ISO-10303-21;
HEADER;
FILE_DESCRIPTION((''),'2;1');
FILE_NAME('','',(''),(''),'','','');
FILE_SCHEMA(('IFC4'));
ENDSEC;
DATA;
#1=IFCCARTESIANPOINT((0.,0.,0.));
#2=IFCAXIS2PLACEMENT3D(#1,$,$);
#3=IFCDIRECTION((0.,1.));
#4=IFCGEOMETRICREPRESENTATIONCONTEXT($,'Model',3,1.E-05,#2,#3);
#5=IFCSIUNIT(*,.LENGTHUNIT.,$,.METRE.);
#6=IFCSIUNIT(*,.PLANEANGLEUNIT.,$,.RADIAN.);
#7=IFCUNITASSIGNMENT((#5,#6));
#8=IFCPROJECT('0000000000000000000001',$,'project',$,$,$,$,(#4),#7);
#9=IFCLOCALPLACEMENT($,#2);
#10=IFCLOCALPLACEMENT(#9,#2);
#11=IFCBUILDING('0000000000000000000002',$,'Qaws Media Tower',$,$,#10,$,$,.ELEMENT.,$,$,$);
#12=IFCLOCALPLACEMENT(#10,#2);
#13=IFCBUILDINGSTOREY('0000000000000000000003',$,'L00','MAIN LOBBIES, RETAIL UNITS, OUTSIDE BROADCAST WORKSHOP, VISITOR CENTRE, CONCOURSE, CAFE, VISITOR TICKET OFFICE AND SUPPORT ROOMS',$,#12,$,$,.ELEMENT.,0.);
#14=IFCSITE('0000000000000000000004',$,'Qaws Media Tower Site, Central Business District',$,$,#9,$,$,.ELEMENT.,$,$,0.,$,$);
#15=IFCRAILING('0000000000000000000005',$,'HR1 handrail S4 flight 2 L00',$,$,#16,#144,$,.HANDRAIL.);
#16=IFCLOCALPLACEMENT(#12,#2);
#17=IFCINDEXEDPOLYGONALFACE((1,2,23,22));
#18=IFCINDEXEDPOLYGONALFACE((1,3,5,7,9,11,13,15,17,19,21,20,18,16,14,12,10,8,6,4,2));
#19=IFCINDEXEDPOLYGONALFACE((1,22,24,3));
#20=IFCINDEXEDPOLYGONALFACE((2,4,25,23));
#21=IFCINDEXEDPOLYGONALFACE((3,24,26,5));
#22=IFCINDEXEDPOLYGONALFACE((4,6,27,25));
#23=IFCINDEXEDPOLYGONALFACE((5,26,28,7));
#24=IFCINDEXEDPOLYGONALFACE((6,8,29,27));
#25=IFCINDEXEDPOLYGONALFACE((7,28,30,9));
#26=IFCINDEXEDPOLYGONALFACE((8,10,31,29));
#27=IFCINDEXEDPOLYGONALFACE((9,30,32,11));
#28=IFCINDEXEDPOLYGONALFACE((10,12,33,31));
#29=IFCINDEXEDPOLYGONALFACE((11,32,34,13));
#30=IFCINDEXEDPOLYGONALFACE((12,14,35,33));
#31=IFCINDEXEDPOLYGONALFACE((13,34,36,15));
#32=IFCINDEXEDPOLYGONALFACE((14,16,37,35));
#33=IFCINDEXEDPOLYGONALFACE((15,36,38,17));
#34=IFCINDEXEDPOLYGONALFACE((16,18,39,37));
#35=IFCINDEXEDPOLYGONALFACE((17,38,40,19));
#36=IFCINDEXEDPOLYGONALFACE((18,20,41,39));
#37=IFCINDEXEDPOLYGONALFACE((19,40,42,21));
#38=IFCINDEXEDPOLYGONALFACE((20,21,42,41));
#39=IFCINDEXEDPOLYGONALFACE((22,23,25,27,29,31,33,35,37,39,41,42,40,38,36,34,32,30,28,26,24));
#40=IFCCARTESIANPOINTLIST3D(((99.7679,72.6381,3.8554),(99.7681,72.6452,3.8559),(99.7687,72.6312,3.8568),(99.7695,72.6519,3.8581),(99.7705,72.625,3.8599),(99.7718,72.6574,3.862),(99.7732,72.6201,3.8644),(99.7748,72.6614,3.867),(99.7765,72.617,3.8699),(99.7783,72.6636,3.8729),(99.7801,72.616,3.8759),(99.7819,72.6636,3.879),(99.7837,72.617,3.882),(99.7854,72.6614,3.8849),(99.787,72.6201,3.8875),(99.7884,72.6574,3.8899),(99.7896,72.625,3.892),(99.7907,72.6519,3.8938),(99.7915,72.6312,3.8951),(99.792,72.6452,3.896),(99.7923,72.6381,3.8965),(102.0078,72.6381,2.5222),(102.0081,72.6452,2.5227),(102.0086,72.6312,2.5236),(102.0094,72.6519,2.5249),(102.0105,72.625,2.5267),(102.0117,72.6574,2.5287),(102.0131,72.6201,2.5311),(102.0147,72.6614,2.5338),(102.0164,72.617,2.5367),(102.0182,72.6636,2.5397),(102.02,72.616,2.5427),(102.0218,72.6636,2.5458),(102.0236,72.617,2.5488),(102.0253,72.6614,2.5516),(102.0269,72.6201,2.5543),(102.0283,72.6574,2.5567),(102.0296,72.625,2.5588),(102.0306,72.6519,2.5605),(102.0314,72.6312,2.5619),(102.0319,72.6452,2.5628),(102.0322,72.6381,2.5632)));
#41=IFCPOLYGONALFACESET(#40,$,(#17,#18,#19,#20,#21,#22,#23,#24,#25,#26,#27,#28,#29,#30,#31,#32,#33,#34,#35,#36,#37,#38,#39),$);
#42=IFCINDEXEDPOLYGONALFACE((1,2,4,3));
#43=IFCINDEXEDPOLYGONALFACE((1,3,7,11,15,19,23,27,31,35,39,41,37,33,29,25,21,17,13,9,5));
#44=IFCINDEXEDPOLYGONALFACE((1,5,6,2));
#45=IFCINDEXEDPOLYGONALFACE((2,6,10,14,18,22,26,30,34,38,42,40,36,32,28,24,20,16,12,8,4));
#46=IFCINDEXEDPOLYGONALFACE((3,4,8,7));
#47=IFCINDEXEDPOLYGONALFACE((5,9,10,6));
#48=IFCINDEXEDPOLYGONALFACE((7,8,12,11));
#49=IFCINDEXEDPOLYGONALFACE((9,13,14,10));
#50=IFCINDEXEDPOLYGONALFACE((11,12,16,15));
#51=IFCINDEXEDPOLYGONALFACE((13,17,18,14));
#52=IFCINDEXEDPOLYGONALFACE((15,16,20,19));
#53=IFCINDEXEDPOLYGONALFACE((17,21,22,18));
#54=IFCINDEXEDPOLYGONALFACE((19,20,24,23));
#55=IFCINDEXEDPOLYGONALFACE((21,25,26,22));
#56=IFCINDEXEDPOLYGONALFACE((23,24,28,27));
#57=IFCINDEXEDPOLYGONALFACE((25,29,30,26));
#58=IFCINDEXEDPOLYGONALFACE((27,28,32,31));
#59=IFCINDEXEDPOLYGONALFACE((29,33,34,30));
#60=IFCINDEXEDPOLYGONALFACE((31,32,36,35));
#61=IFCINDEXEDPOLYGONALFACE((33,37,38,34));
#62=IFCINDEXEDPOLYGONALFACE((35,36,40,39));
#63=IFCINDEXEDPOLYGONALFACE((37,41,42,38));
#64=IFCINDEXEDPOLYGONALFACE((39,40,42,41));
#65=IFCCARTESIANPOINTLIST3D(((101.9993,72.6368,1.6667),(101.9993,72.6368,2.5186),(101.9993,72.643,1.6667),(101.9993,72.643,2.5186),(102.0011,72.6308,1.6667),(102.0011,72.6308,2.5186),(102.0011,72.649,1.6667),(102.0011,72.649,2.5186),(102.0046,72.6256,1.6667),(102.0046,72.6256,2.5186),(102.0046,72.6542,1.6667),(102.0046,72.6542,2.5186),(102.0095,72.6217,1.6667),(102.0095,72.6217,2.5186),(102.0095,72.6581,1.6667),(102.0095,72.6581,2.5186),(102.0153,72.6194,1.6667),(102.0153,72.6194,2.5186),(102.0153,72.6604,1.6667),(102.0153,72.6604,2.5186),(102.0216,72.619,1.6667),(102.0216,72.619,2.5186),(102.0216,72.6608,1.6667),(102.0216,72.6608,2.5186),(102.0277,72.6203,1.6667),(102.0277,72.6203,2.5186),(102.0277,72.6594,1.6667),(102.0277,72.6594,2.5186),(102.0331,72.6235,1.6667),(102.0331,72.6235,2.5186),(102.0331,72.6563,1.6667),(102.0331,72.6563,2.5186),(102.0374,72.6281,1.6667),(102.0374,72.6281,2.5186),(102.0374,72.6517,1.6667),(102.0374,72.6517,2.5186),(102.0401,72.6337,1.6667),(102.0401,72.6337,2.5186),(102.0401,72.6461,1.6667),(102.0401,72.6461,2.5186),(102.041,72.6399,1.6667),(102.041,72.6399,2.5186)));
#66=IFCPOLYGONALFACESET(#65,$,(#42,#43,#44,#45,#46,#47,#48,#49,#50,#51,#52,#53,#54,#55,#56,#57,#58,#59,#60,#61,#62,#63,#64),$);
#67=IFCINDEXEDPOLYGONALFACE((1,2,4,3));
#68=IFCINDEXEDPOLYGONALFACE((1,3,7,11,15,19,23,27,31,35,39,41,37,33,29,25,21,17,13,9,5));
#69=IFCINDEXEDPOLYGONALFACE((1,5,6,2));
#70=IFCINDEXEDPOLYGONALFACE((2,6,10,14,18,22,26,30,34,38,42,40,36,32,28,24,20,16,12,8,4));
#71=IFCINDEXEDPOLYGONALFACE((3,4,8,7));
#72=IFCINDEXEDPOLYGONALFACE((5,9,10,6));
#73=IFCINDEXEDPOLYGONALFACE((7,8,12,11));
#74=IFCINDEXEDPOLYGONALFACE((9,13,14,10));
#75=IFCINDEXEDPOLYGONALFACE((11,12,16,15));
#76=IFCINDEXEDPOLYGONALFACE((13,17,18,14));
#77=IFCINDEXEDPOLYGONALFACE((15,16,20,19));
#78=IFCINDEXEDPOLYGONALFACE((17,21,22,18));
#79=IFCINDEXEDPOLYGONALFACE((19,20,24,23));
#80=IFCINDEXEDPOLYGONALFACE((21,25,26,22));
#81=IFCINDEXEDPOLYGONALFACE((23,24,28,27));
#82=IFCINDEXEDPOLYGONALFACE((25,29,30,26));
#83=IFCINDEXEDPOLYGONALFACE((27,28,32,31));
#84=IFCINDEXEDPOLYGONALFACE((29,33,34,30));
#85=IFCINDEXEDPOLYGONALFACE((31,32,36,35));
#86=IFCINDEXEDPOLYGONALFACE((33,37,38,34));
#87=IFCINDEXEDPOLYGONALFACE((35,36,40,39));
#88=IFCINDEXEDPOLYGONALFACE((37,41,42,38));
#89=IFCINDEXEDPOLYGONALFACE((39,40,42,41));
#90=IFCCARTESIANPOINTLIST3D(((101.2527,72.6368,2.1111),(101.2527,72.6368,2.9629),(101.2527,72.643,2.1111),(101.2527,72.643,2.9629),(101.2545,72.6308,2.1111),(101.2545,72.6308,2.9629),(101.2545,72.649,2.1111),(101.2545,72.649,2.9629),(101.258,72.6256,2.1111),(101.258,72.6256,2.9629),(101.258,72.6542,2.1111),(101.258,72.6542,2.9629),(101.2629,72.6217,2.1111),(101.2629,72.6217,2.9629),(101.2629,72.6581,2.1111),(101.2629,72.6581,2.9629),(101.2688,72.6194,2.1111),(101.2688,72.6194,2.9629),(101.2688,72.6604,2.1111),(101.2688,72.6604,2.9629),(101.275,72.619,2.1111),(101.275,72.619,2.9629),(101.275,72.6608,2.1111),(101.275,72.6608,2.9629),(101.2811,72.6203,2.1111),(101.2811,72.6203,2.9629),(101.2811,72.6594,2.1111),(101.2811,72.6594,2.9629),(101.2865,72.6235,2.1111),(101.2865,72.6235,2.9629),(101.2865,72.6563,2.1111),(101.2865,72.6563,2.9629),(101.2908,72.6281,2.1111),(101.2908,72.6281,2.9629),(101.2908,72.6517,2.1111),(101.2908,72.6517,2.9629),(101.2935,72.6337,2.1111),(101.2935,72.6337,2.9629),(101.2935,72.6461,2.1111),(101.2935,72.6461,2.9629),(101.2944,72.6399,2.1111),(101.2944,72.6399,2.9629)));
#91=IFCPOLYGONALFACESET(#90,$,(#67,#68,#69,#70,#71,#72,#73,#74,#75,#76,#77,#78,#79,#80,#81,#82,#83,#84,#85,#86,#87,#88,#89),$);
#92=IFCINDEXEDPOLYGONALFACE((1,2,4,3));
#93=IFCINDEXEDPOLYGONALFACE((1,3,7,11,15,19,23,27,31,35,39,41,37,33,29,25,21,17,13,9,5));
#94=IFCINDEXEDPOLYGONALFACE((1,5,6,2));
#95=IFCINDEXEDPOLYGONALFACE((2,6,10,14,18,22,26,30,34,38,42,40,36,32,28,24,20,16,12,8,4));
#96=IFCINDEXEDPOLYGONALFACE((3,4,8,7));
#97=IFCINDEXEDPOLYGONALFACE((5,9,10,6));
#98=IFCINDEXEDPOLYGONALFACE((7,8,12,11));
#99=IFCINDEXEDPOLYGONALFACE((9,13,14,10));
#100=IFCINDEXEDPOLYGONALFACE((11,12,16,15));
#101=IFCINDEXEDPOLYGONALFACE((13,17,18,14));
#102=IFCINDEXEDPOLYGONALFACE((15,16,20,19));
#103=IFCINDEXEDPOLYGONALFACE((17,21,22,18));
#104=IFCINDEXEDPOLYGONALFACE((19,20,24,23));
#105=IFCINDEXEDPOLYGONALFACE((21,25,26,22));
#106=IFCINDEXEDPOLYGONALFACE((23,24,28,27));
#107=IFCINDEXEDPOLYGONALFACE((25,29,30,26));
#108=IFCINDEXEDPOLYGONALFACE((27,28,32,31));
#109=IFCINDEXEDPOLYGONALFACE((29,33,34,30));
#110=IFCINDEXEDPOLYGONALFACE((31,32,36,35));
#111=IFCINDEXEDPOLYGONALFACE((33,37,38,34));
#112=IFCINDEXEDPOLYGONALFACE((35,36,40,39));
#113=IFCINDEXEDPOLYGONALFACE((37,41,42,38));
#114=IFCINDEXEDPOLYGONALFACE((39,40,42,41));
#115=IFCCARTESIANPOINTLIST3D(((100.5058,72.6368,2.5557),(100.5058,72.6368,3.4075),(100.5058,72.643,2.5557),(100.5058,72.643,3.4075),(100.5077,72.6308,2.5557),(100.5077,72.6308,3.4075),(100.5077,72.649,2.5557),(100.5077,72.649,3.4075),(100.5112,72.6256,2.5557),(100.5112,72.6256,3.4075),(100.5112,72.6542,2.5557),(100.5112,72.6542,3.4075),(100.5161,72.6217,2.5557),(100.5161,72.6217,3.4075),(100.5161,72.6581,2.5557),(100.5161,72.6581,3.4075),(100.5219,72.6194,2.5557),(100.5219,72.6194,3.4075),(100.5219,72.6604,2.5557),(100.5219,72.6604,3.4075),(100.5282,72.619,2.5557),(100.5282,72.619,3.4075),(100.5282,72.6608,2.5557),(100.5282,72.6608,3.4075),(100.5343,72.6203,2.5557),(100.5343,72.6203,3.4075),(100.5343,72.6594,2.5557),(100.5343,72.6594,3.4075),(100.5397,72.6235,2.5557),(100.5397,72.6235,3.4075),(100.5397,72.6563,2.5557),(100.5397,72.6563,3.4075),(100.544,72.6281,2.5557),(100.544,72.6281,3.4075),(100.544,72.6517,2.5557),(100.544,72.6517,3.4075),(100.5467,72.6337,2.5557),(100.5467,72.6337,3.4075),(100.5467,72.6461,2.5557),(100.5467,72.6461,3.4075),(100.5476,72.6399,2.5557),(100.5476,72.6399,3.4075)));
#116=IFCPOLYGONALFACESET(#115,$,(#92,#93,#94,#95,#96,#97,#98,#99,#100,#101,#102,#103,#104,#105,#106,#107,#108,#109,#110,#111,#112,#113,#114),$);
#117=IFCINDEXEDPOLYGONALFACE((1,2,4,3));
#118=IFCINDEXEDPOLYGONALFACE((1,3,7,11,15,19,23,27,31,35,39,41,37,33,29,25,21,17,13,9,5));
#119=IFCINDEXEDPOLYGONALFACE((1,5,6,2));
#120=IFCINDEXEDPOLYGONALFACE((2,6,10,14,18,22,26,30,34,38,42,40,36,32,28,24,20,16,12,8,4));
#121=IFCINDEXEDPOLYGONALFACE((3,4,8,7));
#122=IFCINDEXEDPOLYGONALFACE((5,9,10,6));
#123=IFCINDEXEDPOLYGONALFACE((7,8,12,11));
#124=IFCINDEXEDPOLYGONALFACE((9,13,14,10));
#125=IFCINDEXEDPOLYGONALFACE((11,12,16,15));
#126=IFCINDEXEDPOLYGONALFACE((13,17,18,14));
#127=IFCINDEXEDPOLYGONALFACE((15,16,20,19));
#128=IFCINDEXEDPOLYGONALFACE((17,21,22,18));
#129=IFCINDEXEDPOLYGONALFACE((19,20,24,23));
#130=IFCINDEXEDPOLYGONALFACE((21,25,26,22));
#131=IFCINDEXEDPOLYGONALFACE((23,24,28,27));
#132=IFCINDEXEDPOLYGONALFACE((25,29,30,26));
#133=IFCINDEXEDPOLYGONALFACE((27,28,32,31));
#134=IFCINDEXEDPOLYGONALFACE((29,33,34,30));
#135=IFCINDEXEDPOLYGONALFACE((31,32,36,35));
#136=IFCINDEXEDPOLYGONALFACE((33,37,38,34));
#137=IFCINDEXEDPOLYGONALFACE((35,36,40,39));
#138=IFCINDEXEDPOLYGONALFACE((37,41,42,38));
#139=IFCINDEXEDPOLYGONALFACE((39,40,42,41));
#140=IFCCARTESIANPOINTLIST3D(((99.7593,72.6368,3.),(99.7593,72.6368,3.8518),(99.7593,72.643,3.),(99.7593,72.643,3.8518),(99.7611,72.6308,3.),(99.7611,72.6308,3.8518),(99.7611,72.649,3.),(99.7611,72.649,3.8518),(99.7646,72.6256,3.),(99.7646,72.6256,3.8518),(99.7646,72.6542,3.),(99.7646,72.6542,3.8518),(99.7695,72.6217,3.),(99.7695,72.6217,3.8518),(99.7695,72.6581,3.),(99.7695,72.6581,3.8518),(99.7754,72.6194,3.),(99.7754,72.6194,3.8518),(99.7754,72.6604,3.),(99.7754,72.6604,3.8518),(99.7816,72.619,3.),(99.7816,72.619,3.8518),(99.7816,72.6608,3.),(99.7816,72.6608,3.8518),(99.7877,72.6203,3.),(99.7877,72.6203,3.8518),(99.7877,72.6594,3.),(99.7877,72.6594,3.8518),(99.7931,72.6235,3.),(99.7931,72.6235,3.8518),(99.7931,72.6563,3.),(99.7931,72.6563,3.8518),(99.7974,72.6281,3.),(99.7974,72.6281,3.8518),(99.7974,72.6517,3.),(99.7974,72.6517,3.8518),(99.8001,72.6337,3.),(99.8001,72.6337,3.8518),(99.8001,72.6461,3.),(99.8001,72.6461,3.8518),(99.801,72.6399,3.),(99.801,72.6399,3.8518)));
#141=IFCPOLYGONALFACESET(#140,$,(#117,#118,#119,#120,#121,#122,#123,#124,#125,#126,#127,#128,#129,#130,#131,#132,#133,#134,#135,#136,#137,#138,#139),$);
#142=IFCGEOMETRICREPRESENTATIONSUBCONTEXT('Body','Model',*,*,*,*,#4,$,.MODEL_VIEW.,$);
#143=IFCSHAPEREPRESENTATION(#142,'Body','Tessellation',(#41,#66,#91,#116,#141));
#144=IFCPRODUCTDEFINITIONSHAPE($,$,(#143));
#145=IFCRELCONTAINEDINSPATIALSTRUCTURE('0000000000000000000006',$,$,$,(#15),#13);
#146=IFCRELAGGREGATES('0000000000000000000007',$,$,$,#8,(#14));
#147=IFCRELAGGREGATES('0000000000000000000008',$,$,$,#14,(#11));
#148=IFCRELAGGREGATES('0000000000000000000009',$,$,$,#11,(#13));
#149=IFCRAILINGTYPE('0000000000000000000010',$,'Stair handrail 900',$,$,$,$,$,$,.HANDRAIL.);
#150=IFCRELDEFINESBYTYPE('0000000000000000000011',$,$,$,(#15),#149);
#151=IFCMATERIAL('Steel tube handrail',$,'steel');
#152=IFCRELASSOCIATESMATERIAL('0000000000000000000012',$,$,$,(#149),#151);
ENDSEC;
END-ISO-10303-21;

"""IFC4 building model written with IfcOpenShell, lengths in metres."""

from ifc_helpers import new_model, si_unit, direction, frame, origin, origin_2d, place, context, subcontext, project, spatial, circle, extrude, material, type_object, element, save


model = new_model("IFC4")

# Units and contexts
model_context = context("Model", 3, precision=1e-05, world=origin(), true_north=direction((0.0, 1.0)))
body_context = subcontext(model_context, "Body", "Model", "MODEL_VIEW")
ifc_project = project(units=[si_unit("LENGTHUNIT", "METRE"), si_unit("PLANEANGLEUNIT", "RADIAN")], contexts=[model_context])

# Site, building, storey
site_placement = place(None, origin())
site = spatial("IfcSite", under=ifc_project, at=site_placement, Name="Qaws Media Tower Site, Central Business District", CompositionType="ELEMENT", RefElevation=0.0)
building_placement = place(site_placement, origin())
building = spatial("IfcBuilding", under=site, at=building_placement, Name="Qaws Media Tower", CompositionType="ELEMENT")
storey_placement = place(building_placement, origin())
storey = spatial("IfcBuildingStorey", under=building, at=storey_placement, Name="L00", Description="MAIN LOBBIES, RETAIL UNITS, OUTSIDE BROADCAST WORKSHOP, VISITOR CENTRE, CONCOURSE, CAFE, VISITOR TICKET OFFICE AND SUPPORT ROOMS", CompositionType="ELEMENT", Elevation=0.0)

# Railing
ifc_material_1 = material(Name="Steel tube handrail", Category="steel")
railing_type = type_object("IfcRailingType", Name="Stair handrail 900", PredefinedType="HANDRAIL", material=ifc_material_1)
for number, where, name in (
    (1, (102.02, 72.6399, 1.6667), "HR1 handrail S4 flight 2 L00"),
):
    element("IfcRailing", number, at=place(storey_placement, frame(where)), inside=storey, type_object=railing_type, Name=name, PredefinedType="HANDRAIL", context=body_context, shape_type="SweptSolid", body=[
        extrude(circle(Radius=0.0239, at=origin_2d()), frame((0.0, 0.0, 0.876), z_axis=(-0.859306, 0.0, 0.511462), x_axis=(0.0, -1.0, 0.0)), (0.0, 0.0, 1.0), 2.6067),
        extrude(circle(Radius=0.021, at=origin_2d()), origin(), (0.0, 0.0, 1.0), 0.8518),
        extrude(circle(Radius=0.021, at=origin_2d()), frame((-0.7466, 0.0, 0.4443)), (0.0, 0.0, 1.0), 0.8518),
        extrude(circle(Radius=0.021, at=origin_2d()), frame((-1.4934, 0.0, 0.8889)), (0.0, 0.0, 1.0), 0.8518),
        extrude(circle(Radius=0.021, at=origin_2d()), frame((-2.24, 0.0, 1.3333)), (0.0, 0.0, 1.0), 0.8518),
    ])

save(model, "model.ifc")
